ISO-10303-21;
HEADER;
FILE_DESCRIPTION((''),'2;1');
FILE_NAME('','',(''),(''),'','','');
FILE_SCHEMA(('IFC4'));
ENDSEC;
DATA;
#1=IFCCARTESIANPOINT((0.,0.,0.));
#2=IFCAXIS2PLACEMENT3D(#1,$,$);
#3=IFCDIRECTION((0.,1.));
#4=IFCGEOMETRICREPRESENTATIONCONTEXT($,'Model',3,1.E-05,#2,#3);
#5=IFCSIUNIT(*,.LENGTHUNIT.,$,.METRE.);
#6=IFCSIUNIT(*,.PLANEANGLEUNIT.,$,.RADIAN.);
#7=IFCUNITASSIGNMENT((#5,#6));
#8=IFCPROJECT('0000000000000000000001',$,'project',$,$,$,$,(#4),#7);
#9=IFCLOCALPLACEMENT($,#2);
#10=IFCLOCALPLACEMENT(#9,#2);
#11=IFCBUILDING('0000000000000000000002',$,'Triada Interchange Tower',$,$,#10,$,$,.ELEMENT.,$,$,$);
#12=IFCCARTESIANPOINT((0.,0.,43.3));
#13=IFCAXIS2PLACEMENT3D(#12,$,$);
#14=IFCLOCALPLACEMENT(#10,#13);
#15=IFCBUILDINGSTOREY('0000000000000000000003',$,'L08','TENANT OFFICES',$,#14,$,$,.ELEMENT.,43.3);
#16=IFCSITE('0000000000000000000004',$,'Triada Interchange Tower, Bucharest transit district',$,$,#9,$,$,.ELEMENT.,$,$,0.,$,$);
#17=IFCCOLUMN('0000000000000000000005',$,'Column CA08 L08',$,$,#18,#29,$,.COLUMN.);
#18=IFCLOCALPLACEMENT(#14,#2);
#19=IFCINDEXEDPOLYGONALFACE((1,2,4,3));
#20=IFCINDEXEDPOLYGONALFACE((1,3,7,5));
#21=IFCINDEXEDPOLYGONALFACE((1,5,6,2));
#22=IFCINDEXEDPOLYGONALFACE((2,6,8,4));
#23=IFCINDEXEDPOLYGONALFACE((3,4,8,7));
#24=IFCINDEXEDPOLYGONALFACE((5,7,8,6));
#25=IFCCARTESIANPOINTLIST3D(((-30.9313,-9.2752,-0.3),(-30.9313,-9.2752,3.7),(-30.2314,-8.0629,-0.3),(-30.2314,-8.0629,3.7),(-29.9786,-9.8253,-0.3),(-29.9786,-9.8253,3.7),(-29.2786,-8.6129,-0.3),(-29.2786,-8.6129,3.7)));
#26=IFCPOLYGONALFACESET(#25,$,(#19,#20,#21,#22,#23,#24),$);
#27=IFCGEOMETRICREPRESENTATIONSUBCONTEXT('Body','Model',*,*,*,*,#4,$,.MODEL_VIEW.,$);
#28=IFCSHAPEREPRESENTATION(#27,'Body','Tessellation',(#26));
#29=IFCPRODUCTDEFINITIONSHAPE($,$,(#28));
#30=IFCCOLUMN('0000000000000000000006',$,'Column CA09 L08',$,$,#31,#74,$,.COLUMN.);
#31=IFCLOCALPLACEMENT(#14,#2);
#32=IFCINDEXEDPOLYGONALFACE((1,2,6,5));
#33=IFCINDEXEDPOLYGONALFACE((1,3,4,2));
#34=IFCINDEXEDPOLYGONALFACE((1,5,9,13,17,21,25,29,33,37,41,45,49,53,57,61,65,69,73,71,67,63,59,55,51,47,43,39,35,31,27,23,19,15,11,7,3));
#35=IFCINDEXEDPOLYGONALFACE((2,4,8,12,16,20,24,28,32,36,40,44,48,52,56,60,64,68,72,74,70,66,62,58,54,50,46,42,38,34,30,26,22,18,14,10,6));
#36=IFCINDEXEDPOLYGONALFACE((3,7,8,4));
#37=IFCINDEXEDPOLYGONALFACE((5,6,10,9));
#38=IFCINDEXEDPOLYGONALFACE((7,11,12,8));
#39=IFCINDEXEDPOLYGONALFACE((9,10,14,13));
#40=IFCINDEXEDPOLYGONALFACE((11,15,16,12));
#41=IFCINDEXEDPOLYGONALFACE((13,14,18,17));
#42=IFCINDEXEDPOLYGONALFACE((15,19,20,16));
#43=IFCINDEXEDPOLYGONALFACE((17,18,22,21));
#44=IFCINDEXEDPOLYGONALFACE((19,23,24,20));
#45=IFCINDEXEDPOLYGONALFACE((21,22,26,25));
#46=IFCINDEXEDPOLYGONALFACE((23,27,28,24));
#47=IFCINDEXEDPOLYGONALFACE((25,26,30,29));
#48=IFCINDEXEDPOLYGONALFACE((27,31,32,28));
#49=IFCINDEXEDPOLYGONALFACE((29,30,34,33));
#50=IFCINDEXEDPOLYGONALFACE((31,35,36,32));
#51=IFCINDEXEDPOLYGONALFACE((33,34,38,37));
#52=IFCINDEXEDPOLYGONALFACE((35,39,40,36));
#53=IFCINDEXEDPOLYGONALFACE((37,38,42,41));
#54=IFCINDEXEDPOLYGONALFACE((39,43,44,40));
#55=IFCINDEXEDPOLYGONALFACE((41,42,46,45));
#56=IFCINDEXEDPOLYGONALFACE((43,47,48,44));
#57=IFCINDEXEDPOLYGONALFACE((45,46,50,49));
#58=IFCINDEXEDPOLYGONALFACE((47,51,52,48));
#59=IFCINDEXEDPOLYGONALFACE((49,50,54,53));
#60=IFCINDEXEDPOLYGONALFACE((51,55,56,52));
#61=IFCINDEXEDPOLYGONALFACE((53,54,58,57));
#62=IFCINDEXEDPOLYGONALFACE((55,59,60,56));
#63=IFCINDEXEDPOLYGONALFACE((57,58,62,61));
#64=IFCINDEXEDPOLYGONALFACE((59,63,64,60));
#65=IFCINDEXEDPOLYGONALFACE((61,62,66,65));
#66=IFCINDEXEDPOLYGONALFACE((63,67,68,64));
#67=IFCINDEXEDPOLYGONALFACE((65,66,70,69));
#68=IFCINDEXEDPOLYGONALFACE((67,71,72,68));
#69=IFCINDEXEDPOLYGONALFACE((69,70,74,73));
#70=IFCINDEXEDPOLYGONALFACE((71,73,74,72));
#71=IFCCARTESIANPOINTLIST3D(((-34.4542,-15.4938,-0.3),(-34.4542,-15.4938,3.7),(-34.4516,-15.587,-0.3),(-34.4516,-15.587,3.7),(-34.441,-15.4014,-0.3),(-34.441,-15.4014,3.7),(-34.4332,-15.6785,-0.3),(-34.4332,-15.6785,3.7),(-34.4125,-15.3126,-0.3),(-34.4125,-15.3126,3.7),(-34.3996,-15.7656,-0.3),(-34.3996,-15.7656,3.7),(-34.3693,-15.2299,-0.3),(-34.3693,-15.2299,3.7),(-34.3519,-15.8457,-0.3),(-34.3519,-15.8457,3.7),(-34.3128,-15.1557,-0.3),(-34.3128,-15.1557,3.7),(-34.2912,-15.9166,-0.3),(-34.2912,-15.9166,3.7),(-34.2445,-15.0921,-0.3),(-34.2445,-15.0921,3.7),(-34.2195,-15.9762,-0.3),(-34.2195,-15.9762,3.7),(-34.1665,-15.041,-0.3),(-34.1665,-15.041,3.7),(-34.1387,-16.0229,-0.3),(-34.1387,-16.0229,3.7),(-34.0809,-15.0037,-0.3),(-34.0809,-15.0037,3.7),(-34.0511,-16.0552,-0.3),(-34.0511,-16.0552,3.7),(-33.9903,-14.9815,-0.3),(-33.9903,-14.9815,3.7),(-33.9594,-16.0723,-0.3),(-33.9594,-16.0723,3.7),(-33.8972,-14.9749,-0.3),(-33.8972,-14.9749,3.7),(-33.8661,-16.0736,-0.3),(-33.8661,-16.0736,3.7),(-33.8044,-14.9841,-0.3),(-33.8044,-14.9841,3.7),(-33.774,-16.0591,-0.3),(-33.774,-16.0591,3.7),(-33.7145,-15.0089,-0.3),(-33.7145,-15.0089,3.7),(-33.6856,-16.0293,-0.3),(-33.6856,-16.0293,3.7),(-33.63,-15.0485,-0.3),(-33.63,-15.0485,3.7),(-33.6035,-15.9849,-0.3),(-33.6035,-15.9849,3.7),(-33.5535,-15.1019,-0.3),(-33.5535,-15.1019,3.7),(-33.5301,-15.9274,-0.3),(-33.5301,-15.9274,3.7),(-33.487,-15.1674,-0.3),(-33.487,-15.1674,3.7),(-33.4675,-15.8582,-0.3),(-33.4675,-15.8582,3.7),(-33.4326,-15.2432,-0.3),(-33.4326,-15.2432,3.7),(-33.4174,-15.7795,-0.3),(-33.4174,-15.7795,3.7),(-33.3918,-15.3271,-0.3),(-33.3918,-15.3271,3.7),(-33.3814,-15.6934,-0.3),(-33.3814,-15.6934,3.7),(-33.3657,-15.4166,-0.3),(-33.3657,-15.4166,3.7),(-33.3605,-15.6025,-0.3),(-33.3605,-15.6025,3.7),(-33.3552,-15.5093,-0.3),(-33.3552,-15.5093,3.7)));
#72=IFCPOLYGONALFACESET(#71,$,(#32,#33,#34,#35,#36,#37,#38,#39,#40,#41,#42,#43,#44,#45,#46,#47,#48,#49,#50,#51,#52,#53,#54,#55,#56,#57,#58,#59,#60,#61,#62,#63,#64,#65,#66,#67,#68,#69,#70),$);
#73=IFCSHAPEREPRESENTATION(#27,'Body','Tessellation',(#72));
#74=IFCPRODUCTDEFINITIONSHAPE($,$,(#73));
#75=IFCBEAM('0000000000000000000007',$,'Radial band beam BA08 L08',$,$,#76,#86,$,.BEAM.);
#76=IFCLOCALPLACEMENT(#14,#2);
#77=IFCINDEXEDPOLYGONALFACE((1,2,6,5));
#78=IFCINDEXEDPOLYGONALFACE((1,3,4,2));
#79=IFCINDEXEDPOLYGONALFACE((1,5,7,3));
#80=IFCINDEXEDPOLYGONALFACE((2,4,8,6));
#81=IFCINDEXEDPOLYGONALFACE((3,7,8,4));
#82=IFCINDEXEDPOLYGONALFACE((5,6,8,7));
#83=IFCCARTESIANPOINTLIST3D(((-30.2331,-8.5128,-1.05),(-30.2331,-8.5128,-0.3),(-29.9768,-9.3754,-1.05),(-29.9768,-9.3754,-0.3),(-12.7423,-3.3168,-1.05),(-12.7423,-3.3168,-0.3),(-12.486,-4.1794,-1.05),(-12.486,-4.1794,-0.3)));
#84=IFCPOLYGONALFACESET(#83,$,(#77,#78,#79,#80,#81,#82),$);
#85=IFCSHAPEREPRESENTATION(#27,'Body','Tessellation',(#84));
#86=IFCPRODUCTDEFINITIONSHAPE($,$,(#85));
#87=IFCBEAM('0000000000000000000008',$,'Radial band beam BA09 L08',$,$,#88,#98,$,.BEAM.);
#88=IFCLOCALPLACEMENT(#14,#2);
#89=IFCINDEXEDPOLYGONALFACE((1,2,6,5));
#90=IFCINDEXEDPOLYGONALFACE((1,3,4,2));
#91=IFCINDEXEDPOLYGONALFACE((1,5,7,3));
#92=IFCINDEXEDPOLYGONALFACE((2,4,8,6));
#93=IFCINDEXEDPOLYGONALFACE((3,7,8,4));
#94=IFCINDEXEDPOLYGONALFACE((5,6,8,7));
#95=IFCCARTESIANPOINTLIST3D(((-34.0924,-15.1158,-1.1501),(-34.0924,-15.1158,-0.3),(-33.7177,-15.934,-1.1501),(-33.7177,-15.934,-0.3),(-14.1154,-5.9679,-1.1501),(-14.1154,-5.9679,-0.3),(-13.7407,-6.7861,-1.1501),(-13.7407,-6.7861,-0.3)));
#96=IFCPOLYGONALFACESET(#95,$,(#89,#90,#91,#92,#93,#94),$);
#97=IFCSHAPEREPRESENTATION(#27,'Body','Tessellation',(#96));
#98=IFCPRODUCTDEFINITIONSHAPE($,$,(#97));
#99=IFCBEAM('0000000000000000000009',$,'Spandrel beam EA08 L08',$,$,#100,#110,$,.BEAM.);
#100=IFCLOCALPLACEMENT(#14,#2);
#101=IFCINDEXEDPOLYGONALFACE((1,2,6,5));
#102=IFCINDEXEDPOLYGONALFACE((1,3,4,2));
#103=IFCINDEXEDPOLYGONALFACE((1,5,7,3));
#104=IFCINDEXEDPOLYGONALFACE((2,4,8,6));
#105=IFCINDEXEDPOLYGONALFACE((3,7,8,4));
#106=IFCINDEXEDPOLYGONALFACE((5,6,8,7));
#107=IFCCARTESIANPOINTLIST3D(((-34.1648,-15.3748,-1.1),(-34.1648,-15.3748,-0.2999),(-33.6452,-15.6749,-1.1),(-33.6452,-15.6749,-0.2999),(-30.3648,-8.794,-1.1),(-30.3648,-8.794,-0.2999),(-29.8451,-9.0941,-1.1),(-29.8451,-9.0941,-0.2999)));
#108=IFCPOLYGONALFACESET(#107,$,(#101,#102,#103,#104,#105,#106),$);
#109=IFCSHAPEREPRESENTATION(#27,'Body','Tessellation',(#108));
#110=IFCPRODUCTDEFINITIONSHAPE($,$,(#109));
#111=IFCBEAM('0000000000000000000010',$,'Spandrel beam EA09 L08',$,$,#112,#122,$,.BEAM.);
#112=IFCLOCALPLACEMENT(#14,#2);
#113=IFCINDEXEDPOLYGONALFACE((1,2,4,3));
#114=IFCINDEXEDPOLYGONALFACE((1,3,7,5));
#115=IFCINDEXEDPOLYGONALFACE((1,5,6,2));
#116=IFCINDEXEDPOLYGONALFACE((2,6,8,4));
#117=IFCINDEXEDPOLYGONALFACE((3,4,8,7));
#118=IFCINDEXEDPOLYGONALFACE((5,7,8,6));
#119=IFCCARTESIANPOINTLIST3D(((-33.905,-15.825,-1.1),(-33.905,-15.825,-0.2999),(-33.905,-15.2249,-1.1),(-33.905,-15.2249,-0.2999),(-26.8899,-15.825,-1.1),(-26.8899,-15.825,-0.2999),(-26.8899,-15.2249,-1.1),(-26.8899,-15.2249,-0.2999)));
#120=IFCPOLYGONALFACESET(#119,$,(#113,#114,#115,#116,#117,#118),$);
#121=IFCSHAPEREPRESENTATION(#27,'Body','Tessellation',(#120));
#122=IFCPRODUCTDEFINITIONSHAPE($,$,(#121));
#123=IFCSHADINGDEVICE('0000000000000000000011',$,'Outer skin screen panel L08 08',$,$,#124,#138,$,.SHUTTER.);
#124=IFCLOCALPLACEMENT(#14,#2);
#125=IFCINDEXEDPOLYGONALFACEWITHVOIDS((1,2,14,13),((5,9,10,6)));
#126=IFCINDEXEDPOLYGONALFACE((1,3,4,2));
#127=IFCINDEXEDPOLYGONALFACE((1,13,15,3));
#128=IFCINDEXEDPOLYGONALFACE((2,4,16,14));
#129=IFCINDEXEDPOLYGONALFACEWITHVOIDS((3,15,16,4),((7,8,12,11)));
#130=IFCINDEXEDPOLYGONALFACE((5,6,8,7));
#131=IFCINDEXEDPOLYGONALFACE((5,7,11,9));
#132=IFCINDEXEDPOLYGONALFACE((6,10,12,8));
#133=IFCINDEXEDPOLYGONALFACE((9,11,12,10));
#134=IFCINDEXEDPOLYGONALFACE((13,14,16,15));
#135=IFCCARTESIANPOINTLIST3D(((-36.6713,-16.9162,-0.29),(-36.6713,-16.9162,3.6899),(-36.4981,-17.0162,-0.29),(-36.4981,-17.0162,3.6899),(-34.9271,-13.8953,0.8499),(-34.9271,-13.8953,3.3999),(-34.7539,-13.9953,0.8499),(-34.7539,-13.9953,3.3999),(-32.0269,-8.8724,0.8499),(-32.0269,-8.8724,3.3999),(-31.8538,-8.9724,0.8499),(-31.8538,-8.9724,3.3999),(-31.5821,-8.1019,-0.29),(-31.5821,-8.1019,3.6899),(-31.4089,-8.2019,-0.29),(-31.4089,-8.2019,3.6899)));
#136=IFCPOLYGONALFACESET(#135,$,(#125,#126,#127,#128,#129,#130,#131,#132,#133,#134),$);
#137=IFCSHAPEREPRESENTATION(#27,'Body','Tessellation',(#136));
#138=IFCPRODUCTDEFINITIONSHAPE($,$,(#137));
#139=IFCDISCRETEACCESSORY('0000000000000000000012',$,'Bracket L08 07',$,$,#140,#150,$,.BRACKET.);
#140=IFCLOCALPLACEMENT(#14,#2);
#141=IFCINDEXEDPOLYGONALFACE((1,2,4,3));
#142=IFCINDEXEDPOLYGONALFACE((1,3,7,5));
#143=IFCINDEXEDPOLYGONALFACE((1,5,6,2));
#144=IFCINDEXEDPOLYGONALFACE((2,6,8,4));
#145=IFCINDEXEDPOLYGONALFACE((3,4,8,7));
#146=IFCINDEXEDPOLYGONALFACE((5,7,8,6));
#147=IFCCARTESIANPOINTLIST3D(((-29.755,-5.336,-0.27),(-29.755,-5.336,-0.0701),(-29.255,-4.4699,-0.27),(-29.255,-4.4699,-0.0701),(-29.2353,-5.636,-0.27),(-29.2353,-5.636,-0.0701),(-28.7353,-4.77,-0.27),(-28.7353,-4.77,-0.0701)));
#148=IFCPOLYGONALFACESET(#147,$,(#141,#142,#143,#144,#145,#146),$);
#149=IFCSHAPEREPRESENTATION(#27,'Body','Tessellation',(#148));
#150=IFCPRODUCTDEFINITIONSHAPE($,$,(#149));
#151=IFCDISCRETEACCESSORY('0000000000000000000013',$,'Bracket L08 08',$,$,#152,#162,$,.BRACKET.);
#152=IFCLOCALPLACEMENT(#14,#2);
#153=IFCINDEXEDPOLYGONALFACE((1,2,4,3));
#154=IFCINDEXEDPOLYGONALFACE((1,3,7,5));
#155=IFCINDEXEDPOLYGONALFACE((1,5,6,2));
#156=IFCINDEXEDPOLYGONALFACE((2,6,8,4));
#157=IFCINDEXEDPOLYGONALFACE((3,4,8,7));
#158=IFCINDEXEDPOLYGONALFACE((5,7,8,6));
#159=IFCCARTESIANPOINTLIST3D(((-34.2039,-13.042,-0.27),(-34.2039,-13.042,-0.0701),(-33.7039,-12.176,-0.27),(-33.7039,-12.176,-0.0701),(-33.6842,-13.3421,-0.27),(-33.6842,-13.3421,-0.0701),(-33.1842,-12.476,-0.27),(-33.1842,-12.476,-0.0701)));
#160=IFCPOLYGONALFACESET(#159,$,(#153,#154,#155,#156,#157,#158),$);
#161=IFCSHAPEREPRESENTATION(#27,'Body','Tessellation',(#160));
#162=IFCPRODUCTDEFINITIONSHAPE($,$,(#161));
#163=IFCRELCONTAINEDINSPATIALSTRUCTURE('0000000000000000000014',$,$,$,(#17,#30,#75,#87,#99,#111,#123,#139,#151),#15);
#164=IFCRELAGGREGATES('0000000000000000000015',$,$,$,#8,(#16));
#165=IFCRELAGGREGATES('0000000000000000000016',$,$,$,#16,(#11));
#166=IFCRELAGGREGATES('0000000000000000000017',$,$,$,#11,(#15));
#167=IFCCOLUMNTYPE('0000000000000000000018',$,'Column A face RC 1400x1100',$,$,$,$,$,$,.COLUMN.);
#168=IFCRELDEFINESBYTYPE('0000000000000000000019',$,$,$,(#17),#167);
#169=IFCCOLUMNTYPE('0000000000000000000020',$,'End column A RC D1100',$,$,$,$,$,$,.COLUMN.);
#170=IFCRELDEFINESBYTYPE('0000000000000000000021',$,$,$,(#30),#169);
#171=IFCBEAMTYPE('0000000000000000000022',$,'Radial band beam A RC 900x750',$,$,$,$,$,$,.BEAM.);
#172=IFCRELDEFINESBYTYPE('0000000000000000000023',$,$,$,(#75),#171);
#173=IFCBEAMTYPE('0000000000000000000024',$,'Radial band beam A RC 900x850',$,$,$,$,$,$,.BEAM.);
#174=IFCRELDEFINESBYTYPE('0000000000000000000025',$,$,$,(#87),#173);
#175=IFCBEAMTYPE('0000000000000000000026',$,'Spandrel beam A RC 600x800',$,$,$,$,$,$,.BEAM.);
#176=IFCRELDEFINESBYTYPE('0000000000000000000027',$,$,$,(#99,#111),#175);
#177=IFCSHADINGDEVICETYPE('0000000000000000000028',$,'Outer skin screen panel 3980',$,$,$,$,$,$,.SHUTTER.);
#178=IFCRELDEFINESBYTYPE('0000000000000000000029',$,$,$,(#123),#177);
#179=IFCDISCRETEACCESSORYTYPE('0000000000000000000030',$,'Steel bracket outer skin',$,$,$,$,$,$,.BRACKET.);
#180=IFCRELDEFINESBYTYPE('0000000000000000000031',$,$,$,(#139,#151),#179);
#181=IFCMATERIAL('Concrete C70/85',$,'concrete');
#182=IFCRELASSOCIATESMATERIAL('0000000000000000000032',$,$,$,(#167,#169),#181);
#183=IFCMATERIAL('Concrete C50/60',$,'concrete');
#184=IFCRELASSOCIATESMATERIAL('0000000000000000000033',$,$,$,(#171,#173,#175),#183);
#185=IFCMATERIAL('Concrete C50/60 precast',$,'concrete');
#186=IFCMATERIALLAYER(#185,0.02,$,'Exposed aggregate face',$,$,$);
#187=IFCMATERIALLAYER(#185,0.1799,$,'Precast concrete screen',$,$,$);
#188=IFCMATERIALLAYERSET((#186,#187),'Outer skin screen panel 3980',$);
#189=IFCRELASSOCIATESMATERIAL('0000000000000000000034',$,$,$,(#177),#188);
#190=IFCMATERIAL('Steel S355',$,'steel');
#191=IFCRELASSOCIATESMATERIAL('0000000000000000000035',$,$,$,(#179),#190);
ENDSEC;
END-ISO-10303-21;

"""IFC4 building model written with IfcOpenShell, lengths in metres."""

from ifc_helpers import new_model, si_unit, direction, frame, origin, origin_2d, place, context, subcontext, project, spatial, polyline, rectangle, circle, outline, extrude, material, layer, layer_set, material_profile, profile_set, type_object, element, save


model = new_model("IFC4")

# Units and contexts
model_context = context("Model", 3, precision=1e-05, world=origin(), true_north=direction((0.0, 1.0)))
body_context = subcontext(model_context, "Body", "Model", "MODEL_VIEW")
ifc_project = project(units=[si_unit("LENGTHUNIT", "METRE"), si_unit("PLANEANGLEUNIT", "RADIAN")], contexts=[model_context])

# Site, building, storey
site_placement = place(None, origin())
site = spatial("IfcSite", under=ifc_project, at=site_placement, Name="Triada Interchange Tower, Bucharest transit district", CompositionType="ELEMENT", RefElevation=0.0)
building_placement = place(site_placement, origin())
building = spatial("IfcBuilding", under=site, at=building_placement, Name="Triada Interchange Tower", CompositionType="ELEMENT")
storey_placement = place(building_placement, frame((0.0, 0.0, 43.3)))
storey = spatial("IfcBuildingStorey", under=building, at=storey_placement, Name="L08", Description="TENANT OFFICES", CompositionType="ELEMENT", Elevation=43.3)

# Columns
ifc_material_1 = material(Name="Concrete C70/85", Category="concrete")
ifc_material_profile_1 = material_profile(ifc_material_1, rectangle(XDim=1.3999, YDim=1.1001, at=origin_2d()), Name="RC 1400x1100")
ifc_profile_set_1 = profile_set([ifc_material_profile_1], Name="Concrete C70/85")
column_type_1 = type_object("IfcColumnType", Name="Column A face RC 1400x1100", PredefinedType="COLUMN", material=ifc_profile_set_1)
column_1_placement = place(storey_placement, frame((-30.105, -8.9441, -0.3), z_axis=(0.0, 0.0, 1.0), x_axis=(0.5, 0.866025, 0.0)))
element("IfcColumn", 1, at=column_1_placement, inside=storey, type_object=column_type_1, Name="Column CA08 L08", PredefinedType="COLUMN", context=body_context, shape_type="SweptSolid", body=[
    extrude(rectangle(XDim=1.3999, YDim=1.1001, at=origin_2d()), origin(), (0.0, 0.0, 1.0), 4.0),
])
ifc_material_profile_2 = material_profile(ifc_material_1, circle(Radius=0.55, at=origin_2d()), Name="RC D1100")
ifc_profile_set_2 = profile_set([ifc_material_profile_2], Name="Concrete C70/85")
column_type_2 = type_object("IfcColumnType", Name="End column A RC D1100", PredefinedType="COLUMN", material=ifc_profile_set_2)
column_2_placement = place(storey_placement, frame((-33.905, -15.5249, -0.3), z_axis=(0.0, 0.0, 1.0), x_axis=(0.5, 0.866025, 0.0)))
element("IfcColumn", 2, at=column_2_placement, inside=storey, type_object=column_type_2, Name="Column CA09 L08", PredefinedType="COLUMN", context=body_context, shape_type="SweptSolid", body=[
    extrude(circle(Radius=0.55, at=origin_2d()), origin(), (0.0, 0.0, 1.0), 4.0),
])

# Beams
ifc_material_2 = material(Name="Concrete C50/60", Category="concrete")
ifc_material_profile_3 = material_profile(ifc_material_2, rectangle(XDim=0.8999, YDim=0.75, at=origin_2d()), Name="RC 900x750")
ifc_profile_set_3 = profile_set([ifc_material_profile_3], Name="Concrete C50/60")
beam_type_1 = type_object("IfcBeamType", Name="Radial band beam A RC 900x750", PredefinedType="BEAM", material=ifc_profile_set_3)
beam_1_placement = place(storey_placement, frame((-30.105, -8.9441, -0.675), z_axis=(0.958596, 0.28477, 0.0), x_axis=(-0.28477, 0.958596, 0.0)))
element("IfcBeam", 3, at=beam_1_placement, inside=storey, type_object=beam_type_1, Name="Radial band beam BA08 L08", PredefinedType="BEAM", context=body_context, shape_type="SweptSolid", body=[
    extrude(rectangle(XDim=0.8999, YDim=0.75, at=origin_2d()), origin(), (0.0, 0.0, 1.0), 18.2463),
])
ifc_material_profile_4 = material_profile(ifc_material_2, rectangle(XDim=0.8999, YDim=0.8501, at=origin_2d()), Name="RC 900x850")
ifc_profile_set_4 = profile_set([ifc_material_profile_4], Name="Concrete C50/60")
beam_type_2 = type_object("IfcBeamType", Name="Radial band beam A RC 900x850", PredefinedType="BEAM", material=ifc_profile_set_4)
beam_2_placement = place(storey_placement, frame((-33.905, -15.5249, -0.7251), z_axis=(0.909206, 0.416346, 0.0), x_axis=(-0.416346, 0.909206, 0.0)))
element("IfcBeam", 4, at=beam_2_placement, inside=storey, type_object=beam_type_2, Name="Radial band beam BA09 L08", PredefinedType="BEAM", context=body_context, shape_type="SweptSolid", body=[
    extrude(rectangle(XDim=0.8999, YDim=0.8501, at=origin_2d()), origin(), (0.0, 0.0, 1.0), 21.9719),
])
ifc_material_profile_5 = material_profile(ifc_material_2, rectangle(XDim=0.6001, YDim=0.8, at=origin_2d()), Name="RC 600x800")
ifc_profile_set_5 = profile_set([ifc_material_profile_5], Name="Concrete C50/60")
beam_type_3 = type_object("IfcBeamType", Name="Spandrel beam A RC 600x800", PredefinedType="BEAM", material=ifc_profile_set_5)
beam_3_placement = place(storey_placement, frame((-30.105, -8.9441, -0.7), z_axis=(-0.500061, -0.86599, 0.0), x_axis=(0.86599, -0.500061, 0.0)))
element("IfcBeam", 5, at=beam_3_placement, inside=storey, type_object=beam_type_3, Name="Spandrel beam EA08 L08", PredefinedType="BEAM", context=body_context, shape_type="SweptSolid", body=[
    extrude(rectangle(XDim=0.6001, YDim=0.8, at=origin_2d()), origin(), (0.0, 0.0, 1.0), 7.5991),
])
beam_4_placement = place(storey_placement, frame((-33.905, -15.5249, -0.7), z_axis=(1.0, 0.0, 0.0), x_axis=(0.0, 1.0, 0.0)))
element("IfcBeam", 6, at=beam_4_placement, inside=storey, type_object=beam_type_3, Name="Spandrel beam EA09 L08", PredefinedType="BEAM", context=body_context, shape_type="SweptSolid", body=[
    extrude(rectangle(XDim=0.6001, YDim=0.8, at=origin_2d()), origin(), (0.0, 0.0, 1.0), 7.0151),
])

# Shading device
ifc_material_3 = material(Name="Concrete C50/60 precast", Category="concrete")
ifc_layer_1 = layer(ifc_material_3, 0.02, Name="Exposed aggregate face")
ifc_layer_2 = layer(ifc_material_3, 0.1799, Name="Precast concrete screen")
ifc_layer_set = layer_set([ifc_layer_1, ifc_layer_2], Name="Outer skin screen panel 3980")
shading_device_type = type_object("IfcShadingDeviceType", Name="Outer skin screen panel 3980", PredefinedType="SHUTTER", material=ifc_layer_set)
shading_device_placement = place(storey_placement, frame((-31.4089, -8.2019, -0.29), z_axis=(0.0, 0.0, 1.0), x_axis=(-0.500017, -0.866016, 0.0)))
element("IfcShadingDevice", 7, at=shading_device_placement, inside=storey, type_object=shading_device_type, Name="Outer skin screen panel L08 08", PredefinedType="SHUTTER", context=body_context, shape_type="SweptSolid", body=[
    extrude(outline(polyline([(0.0, 0.0), (10.178, 0.0), (10.178, 3.98), (0.0, 3.98), (0.0, 0.0)]), holes=[polyline([(0.8896, 1.1399), (0.8896, 3.6899), (6.6897, 3.6899), (6.6897, 1.1399), (0.8896, 1.1399)])]), frame((0.0, 0.0, 0.0), z_axis=(0.0, -1.0, 0.0), x_axis=(1.0, 0.0, 0.0)), (0.0, 0.0, 1.0), 0.2),
])

# Discrete accessories
ifc_material_4 = material(Name="Steel S355", Category="steel")
discrete_accessory_type = type_object("IfcDiscreteAccessoryType", Name="Steel bracket outer skin", PredefinedType="BRACKET", material=ifc_material_4)
for number, where, z_axis, x_axis, name in (
    (8, (-29.2451, -5.053, -0.27), (0.0, 0.0, 1.0), (-0.866021, 0.500008, 0.0), "Bracket L08 07"),
    (9, (-33.6941, -12.759, -0.27), (0.0, 0.0, 1.0), (-0.866021, 0.500008, 0.0), "Bracket L08 08"),
):
    element("IfcDiscreteAccessory", number, at=place(storey_placement, frame(where, z_axis=z_axis, x_axis=x_axis)), inside=storey, type_object=discrete_accessory_type, Name=name, PredefinedType="BRACKET", context=body_context, shape_type="SweptSolid", body=[
        extrude(rectangle(XDim=0.6001, YDim=1.0, at=origin_2d()), origin(), (0.0, 0.0, 1.0), 0.2),
    ])

save(model, "model.ifc")
